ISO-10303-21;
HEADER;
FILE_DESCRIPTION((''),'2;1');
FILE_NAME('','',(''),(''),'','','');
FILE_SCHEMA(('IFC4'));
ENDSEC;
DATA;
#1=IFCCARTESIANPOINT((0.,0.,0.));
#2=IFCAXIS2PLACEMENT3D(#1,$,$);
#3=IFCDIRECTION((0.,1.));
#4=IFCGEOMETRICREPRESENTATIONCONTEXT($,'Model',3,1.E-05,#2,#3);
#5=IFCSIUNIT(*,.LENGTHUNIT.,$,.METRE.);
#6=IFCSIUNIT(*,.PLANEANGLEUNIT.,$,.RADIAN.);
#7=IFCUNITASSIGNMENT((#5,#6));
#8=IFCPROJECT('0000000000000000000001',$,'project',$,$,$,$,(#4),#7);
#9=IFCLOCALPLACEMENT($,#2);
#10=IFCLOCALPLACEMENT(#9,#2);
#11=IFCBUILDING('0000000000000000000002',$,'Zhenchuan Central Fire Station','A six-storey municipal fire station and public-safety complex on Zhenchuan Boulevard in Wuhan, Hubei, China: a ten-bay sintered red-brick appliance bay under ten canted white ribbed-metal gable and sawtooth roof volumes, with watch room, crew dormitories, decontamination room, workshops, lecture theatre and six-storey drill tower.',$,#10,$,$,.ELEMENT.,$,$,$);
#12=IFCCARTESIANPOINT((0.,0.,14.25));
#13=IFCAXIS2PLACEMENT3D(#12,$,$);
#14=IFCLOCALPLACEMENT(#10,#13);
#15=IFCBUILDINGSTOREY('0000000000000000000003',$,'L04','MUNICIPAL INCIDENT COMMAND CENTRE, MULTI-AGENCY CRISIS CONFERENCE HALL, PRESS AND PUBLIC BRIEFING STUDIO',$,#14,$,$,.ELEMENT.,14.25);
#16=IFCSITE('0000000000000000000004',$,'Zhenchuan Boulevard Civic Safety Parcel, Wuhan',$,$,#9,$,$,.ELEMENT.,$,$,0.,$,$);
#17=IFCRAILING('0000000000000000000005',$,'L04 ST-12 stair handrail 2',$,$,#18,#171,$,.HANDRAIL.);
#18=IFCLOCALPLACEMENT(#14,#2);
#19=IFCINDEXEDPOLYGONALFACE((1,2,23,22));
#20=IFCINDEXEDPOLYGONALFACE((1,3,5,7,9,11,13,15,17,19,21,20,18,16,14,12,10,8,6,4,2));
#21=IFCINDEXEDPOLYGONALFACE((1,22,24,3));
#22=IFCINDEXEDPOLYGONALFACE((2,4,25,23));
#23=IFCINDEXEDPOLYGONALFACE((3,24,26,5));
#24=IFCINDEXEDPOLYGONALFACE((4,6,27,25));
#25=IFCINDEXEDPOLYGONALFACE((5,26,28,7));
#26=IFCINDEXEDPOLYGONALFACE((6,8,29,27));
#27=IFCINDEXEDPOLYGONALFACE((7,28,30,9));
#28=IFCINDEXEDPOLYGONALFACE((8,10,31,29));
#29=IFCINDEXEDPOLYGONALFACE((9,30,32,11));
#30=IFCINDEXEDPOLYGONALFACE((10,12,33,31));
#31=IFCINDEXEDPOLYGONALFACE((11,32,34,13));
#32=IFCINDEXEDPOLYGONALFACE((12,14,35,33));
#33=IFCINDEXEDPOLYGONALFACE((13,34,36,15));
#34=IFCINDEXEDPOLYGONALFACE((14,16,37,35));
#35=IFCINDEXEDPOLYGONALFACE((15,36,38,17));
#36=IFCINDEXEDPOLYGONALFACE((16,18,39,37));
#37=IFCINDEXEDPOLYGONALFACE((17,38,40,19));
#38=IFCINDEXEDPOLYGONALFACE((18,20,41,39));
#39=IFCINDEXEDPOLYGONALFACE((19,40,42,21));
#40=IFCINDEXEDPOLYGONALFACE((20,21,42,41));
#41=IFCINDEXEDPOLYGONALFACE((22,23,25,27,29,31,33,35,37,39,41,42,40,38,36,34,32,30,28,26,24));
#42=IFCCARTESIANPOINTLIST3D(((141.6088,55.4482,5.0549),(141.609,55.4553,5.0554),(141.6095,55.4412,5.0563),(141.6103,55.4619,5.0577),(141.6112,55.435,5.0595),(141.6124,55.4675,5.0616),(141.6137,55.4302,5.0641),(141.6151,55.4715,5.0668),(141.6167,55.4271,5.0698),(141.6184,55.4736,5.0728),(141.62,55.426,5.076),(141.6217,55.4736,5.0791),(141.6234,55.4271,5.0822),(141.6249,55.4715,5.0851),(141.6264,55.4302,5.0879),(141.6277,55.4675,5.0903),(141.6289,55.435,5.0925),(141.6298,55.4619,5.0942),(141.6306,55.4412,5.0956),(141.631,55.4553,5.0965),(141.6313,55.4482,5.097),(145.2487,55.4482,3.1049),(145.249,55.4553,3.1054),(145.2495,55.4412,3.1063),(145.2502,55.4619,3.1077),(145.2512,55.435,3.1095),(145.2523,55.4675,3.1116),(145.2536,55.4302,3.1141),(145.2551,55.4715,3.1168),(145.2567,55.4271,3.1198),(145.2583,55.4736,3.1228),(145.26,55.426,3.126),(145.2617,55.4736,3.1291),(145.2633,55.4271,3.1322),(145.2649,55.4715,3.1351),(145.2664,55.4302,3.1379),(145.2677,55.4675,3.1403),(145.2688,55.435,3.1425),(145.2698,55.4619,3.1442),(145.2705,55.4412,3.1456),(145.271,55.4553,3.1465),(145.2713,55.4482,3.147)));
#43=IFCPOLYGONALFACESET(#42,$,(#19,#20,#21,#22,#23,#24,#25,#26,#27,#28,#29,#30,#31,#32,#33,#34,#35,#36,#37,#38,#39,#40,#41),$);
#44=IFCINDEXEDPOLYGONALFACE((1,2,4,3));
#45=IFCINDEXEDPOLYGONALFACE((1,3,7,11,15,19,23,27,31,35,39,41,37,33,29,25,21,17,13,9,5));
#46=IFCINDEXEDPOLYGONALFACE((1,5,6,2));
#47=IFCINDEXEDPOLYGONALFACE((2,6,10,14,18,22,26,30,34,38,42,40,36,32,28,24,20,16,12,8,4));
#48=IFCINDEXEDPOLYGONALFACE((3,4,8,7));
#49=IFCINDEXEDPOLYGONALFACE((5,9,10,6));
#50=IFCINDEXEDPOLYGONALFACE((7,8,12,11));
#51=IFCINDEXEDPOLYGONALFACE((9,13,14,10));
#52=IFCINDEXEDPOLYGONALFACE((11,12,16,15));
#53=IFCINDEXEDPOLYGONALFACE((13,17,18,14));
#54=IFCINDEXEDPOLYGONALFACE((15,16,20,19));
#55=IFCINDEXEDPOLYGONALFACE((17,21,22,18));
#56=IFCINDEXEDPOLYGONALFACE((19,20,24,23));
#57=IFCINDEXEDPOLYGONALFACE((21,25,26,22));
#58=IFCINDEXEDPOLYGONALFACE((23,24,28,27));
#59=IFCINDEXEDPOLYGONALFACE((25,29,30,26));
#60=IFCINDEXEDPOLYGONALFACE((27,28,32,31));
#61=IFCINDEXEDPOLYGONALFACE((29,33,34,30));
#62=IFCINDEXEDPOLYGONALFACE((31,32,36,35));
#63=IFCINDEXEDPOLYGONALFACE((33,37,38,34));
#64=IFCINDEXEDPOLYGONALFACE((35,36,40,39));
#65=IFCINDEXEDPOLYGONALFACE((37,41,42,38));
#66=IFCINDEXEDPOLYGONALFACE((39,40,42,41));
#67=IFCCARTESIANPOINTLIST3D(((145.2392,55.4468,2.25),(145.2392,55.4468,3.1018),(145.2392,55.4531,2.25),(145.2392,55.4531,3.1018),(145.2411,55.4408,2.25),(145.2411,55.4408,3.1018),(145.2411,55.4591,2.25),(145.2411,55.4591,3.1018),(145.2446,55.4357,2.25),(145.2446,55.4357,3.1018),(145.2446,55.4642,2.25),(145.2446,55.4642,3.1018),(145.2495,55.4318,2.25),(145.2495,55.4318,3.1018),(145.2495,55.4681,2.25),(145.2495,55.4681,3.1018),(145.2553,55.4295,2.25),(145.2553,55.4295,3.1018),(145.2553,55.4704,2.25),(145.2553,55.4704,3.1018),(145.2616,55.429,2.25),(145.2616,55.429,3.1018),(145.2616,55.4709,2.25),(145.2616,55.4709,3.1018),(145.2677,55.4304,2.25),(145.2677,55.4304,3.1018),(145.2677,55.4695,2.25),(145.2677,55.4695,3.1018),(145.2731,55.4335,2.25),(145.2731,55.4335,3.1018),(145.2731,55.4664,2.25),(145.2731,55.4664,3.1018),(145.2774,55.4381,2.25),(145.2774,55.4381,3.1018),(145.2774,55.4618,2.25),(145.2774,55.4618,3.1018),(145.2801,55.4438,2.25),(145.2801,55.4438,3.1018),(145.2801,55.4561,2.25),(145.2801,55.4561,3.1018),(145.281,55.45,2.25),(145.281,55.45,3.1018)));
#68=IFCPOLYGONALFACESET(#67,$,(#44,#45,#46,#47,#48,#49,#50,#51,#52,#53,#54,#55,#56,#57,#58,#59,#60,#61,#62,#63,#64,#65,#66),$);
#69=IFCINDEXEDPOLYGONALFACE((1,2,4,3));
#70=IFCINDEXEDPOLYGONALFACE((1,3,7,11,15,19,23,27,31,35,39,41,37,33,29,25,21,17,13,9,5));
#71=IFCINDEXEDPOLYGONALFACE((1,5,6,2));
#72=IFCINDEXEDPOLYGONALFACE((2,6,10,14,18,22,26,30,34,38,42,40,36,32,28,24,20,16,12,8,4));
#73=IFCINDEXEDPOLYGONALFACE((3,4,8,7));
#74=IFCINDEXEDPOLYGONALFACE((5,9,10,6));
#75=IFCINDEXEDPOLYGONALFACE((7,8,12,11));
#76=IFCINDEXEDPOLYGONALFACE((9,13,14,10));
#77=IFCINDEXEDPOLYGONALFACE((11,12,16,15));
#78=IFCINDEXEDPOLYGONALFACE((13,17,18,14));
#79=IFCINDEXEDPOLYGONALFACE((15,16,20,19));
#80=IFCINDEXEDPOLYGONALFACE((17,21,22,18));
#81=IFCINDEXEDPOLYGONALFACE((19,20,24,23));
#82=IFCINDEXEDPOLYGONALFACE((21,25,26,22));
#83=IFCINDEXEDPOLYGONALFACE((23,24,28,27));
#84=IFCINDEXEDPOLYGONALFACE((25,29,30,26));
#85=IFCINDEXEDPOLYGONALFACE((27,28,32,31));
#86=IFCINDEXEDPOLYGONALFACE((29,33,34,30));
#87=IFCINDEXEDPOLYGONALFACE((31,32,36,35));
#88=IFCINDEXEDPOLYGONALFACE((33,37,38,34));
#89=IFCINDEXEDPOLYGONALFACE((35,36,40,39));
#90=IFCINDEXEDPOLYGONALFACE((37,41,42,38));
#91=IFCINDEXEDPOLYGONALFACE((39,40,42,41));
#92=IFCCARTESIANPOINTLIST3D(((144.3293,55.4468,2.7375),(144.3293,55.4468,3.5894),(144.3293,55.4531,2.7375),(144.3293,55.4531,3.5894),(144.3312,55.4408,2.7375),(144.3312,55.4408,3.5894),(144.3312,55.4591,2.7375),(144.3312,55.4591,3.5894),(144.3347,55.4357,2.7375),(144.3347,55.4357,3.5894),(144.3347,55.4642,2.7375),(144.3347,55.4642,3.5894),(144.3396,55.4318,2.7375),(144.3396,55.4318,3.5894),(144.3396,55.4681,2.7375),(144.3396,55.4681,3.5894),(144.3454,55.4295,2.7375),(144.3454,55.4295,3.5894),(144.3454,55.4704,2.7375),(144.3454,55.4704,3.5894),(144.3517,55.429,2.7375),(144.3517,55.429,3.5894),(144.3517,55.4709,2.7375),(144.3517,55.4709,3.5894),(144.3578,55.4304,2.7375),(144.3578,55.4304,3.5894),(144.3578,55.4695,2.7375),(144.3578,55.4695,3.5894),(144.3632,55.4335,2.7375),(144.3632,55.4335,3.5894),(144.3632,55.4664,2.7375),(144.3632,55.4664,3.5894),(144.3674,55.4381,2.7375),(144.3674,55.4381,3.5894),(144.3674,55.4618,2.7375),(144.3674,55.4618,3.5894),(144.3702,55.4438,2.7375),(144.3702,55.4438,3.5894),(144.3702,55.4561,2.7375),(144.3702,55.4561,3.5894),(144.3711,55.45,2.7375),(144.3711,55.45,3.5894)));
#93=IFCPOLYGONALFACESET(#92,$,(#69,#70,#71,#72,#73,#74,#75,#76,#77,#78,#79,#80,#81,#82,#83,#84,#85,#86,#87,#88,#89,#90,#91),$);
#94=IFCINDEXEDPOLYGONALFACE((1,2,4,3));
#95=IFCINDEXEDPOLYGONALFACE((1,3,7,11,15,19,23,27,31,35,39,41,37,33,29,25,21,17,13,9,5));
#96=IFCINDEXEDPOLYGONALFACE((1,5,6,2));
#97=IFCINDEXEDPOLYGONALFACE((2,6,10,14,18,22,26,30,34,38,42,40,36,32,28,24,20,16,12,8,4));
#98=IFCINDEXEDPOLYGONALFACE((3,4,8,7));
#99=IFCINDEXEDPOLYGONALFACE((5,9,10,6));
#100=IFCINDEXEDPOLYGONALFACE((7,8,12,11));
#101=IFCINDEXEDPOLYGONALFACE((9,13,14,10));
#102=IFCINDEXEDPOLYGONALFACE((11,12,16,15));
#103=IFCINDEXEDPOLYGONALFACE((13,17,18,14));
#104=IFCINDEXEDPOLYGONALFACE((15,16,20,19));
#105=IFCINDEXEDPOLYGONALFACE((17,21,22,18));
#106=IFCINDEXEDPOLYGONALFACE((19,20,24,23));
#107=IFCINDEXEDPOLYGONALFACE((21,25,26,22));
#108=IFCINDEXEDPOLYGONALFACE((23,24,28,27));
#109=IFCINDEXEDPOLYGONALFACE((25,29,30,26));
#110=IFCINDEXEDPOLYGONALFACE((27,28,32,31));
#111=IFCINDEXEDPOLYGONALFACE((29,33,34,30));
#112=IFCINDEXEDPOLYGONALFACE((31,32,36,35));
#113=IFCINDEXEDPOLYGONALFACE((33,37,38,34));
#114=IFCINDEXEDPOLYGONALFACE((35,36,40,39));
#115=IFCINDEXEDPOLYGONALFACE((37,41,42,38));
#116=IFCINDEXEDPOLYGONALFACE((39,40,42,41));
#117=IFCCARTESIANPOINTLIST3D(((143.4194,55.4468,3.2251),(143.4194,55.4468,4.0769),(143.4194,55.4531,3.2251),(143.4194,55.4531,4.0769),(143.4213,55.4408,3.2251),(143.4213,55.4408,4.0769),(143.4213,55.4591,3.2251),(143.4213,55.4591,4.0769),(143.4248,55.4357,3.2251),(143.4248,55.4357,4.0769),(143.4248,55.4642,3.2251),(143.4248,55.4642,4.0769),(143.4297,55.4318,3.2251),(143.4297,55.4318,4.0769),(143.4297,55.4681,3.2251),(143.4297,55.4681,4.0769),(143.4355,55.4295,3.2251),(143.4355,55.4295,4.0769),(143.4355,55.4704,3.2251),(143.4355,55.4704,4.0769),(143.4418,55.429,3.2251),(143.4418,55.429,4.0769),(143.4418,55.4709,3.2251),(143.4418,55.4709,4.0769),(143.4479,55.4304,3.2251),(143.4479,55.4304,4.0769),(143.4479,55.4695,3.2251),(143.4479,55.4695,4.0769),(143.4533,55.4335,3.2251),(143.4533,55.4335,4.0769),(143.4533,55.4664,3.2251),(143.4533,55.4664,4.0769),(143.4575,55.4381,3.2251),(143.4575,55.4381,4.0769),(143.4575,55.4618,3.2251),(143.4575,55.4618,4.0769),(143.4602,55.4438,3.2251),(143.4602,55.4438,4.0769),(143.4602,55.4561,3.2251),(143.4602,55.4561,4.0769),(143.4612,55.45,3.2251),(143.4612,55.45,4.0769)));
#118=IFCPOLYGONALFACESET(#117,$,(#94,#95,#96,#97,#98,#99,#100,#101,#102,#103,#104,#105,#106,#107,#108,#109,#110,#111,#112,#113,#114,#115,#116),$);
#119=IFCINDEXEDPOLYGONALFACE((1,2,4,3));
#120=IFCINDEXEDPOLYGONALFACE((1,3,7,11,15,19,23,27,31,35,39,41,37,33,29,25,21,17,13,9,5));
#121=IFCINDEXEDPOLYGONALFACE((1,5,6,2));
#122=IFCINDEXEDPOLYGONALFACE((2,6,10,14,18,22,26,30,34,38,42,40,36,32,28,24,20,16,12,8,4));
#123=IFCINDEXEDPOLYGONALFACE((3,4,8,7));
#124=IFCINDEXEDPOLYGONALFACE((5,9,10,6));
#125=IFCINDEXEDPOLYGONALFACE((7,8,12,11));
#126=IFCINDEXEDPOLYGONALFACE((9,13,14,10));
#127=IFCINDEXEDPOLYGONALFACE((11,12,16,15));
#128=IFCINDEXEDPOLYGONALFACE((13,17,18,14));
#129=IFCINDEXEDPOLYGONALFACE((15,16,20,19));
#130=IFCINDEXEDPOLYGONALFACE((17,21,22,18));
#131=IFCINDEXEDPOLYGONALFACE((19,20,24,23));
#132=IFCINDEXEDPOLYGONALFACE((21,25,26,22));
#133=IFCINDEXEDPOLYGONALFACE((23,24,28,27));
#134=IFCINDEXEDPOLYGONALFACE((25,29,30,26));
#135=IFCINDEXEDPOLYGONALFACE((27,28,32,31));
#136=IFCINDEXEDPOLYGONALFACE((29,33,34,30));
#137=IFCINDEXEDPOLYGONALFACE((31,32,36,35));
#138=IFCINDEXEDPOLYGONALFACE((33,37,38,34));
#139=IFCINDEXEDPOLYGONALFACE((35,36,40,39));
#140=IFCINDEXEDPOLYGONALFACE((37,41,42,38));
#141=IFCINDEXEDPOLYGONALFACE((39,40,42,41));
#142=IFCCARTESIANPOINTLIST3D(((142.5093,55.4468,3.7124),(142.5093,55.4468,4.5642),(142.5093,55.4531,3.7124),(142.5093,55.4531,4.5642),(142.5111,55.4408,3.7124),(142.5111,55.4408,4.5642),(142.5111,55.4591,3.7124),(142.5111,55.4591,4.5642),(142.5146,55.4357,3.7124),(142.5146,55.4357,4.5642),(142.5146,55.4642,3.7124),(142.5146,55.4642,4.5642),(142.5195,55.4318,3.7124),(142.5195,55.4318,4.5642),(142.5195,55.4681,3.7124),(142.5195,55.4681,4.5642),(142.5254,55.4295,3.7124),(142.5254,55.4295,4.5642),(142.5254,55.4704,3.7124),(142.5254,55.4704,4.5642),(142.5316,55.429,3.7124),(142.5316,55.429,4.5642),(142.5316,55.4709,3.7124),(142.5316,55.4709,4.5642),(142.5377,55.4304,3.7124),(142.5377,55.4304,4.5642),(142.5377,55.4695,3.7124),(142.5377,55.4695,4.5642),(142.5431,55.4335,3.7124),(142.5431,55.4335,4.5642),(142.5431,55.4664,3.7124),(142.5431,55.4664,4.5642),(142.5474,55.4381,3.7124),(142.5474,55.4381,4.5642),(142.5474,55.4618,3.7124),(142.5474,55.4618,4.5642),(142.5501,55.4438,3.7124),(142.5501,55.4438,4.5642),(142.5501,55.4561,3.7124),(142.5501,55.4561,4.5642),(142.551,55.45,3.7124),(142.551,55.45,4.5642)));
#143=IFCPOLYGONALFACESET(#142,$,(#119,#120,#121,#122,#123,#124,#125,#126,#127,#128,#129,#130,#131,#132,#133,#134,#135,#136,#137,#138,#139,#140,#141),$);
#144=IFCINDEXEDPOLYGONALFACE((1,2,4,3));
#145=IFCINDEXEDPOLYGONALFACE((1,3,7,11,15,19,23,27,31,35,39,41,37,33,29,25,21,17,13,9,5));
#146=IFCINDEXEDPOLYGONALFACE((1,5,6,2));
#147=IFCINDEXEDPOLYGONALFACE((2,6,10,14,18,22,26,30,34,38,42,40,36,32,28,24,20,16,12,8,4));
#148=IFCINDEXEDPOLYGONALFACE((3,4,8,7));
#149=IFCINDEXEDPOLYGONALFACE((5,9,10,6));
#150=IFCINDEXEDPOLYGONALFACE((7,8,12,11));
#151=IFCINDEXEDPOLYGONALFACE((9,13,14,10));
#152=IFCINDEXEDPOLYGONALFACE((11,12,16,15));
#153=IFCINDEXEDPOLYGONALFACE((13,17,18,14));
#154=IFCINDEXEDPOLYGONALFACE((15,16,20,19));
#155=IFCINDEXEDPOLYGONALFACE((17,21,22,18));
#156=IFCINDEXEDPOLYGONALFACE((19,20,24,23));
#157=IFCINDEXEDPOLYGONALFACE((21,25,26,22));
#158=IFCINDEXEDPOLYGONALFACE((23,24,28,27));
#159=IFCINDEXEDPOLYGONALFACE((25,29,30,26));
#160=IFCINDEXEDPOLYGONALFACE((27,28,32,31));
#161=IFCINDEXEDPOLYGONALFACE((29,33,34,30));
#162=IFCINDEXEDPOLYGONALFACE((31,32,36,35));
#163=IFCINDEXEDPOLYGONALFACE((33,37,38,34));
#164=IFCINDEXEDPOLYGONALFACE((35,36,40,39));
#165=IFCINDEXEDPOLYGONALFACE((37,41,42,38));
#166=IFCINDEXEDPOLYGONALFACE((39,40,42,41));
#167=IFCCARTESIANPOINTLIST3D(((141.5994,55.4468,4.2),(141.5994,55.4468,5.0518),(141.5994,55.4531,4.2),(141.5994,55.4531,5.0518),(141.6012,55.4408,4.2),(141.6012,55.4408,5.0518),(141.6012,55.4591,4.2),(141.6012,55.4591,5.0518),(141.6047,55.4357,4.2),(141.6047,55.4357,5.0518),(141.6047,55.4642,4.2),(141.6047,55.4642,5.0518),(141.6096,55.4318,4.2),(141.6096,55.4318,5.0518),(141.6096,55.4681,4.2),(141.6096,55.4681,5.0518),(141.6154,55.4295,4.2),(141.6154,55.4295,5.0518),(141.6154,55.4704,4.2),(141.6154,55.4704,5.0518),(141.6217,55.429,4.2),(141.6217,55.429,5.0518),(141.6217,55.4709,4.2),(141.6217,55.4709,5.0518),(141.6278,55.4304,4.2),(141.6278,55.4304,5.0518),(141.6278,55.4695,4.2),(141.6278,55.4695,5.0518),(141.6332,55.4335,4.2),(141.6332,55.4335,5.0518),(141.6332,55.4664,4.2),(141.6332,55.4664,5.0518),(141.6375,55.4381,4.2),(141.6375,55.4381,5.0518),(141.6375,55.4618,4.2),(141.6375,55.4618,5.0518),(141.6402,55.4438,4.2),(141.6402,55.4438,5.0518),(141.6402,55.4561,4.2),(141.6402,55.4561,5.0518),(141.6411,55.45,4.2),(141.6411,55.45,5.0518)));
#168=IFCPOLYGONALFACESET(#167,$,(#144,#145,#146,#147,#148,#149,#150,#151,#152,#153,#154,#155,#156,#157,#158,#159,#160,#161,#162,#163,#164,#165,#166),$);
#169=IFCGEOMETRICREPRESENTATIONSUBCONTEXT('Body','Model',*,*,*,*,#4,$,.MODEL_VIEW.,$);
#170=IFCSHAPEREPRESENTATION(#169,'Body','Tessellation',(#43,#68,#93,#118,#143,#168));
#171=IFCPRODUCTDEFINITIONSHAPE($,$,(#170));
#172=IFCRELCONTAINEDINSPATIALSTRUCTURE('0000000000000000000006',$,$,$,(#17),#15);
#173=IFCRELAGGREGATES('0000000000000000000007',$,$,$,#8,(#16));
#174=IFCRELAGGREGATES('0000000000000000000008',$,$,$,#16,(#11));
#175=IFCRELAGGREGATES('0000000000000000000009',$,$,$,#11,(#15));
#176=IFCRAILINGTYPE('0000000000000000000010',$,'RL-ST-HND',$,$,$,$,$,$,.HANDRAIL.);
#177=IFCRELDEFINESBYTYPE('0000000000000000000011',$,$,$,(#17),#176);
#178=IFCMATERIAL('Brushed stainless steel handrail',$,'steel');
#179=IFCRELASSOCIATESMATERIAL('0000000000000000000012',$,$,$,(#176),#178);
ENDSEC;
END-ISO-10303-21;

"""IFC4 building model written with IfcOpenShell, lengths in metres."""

from ifc_helpers import new_model, si_unit, direction, frame, origin, origin_2d, place, context, subcontext, project, spatial, circle, extrude, material, type_object, element, save


model = new_model("IFC4")

# Units and contexts
model_context = context("Model", 3, precision=1e-05, world=origin(), true_north=direction((0.0, 1.0)))
body_context = subcontext(model_context, "Body", "Model", "MODEL_VIEW")
ifc_project = project(units=[si_unit("LENGTHUNIT", "METRE"), si_unit("PLANEANGLEUNIT", "RADIAN")], contexts=[model_context])

# Site, building, storey
site_placement = place(None, origin())
site = spatial("IfcSite", under=ifc_project, at=site_placement, Name="Zhenchuan Boulevard Civic Safety Parcel, Wuhan", CompositionType="ELEMENT", RefElevation=0.0)
building_placement = place(site_placement, origin())
building = spatial("IfcBuilding", under=site, at=building_placement, Name="Zhenchuan Central Fire Station", Description="A six-storey municipal fire station and public-safety complex on Zhenchuan Boulevard in Wuhan, Hubei, China: a ten-bay sintered red-brick appliance bay under ten canted white ribbed-metal gable and sawtooth roof volumes, with watch room, crew dormitories, decontamination room, workshops, lecture theatre and six-storey drill tower.", CompositionType="ELEMENT")
storey_placement = place(building_placement, frame((0.0, 0.0, 14.25)))
storey = spatial("IfcBuildingStorey", under=building, at=storey_placement, Name="L04", Description="MUNICIPAL INCIDENT COMMAND CENTRE, MULTI-AGENCY CRISIS CONFERENCE HALL, PRESS AND PUBLIC BRIEFING STUDIO", CompositionType="ELEMENT", Elevation=14.25)

# Railing
ifc_material_1 = material(Name="Brushed stainless steel handrail", Category="steel")
railing_type_1 = type_object("IfcRailingType", Name="RL-ST-HND", PredefinedType="HANDRAIL", material=ifc_material_1)
railing_1_placement = place(storey_placement, frame((145.26, 55.45, 2.25)))
element("IfcRailing", 1, at=railing_1_placement, inside=storey, type_object=railing_type_1, Name="L04 ST-12 stair handrail 2", PredefinedType="HANDRAIL", context=body_context, shape_type="SweptSolid", body=[
    extrude(circle(Radius=0.0239, at=origin_2d()), frame((0.0, 0.0, 0.876), z_axis=(-0.881479, 0.0, 0.472223), x_axis=(0.0, -1.0, 0.0)), (0.0, 0.0, 1.0), 4.1294),
    extrude(circle(Radius=0.021, at=origin_2d()), origin(), (0.0, 0.0, 1.0), 0.8518),
    extrude(circle(Radius=0.021, at=origin_2d()), frame((-0.9099, 0.0, 0.4875)), (0.0, 0.0, 1.0), 0.8518),
    extrude(circle(Radius=0.021, at=origin_2d()), frame((-1.8198, 0.0, 0.9751)), (0.0, 0.0, 1.0), 0.8518),
    extrude(circle(Radius=0.021, at=origin_2d()), frame((-2.73, 0.0, 1.4624)), (0.0, 0.0, 1.0), 0.8518),
    extrude(circle(Radius=0.021, at=origin_2d()), frame((-3.6399, 0.0, 1.95)), (0.0, 0.0, 1.0), 0.8518),
])

save(model, "model.ifc")
